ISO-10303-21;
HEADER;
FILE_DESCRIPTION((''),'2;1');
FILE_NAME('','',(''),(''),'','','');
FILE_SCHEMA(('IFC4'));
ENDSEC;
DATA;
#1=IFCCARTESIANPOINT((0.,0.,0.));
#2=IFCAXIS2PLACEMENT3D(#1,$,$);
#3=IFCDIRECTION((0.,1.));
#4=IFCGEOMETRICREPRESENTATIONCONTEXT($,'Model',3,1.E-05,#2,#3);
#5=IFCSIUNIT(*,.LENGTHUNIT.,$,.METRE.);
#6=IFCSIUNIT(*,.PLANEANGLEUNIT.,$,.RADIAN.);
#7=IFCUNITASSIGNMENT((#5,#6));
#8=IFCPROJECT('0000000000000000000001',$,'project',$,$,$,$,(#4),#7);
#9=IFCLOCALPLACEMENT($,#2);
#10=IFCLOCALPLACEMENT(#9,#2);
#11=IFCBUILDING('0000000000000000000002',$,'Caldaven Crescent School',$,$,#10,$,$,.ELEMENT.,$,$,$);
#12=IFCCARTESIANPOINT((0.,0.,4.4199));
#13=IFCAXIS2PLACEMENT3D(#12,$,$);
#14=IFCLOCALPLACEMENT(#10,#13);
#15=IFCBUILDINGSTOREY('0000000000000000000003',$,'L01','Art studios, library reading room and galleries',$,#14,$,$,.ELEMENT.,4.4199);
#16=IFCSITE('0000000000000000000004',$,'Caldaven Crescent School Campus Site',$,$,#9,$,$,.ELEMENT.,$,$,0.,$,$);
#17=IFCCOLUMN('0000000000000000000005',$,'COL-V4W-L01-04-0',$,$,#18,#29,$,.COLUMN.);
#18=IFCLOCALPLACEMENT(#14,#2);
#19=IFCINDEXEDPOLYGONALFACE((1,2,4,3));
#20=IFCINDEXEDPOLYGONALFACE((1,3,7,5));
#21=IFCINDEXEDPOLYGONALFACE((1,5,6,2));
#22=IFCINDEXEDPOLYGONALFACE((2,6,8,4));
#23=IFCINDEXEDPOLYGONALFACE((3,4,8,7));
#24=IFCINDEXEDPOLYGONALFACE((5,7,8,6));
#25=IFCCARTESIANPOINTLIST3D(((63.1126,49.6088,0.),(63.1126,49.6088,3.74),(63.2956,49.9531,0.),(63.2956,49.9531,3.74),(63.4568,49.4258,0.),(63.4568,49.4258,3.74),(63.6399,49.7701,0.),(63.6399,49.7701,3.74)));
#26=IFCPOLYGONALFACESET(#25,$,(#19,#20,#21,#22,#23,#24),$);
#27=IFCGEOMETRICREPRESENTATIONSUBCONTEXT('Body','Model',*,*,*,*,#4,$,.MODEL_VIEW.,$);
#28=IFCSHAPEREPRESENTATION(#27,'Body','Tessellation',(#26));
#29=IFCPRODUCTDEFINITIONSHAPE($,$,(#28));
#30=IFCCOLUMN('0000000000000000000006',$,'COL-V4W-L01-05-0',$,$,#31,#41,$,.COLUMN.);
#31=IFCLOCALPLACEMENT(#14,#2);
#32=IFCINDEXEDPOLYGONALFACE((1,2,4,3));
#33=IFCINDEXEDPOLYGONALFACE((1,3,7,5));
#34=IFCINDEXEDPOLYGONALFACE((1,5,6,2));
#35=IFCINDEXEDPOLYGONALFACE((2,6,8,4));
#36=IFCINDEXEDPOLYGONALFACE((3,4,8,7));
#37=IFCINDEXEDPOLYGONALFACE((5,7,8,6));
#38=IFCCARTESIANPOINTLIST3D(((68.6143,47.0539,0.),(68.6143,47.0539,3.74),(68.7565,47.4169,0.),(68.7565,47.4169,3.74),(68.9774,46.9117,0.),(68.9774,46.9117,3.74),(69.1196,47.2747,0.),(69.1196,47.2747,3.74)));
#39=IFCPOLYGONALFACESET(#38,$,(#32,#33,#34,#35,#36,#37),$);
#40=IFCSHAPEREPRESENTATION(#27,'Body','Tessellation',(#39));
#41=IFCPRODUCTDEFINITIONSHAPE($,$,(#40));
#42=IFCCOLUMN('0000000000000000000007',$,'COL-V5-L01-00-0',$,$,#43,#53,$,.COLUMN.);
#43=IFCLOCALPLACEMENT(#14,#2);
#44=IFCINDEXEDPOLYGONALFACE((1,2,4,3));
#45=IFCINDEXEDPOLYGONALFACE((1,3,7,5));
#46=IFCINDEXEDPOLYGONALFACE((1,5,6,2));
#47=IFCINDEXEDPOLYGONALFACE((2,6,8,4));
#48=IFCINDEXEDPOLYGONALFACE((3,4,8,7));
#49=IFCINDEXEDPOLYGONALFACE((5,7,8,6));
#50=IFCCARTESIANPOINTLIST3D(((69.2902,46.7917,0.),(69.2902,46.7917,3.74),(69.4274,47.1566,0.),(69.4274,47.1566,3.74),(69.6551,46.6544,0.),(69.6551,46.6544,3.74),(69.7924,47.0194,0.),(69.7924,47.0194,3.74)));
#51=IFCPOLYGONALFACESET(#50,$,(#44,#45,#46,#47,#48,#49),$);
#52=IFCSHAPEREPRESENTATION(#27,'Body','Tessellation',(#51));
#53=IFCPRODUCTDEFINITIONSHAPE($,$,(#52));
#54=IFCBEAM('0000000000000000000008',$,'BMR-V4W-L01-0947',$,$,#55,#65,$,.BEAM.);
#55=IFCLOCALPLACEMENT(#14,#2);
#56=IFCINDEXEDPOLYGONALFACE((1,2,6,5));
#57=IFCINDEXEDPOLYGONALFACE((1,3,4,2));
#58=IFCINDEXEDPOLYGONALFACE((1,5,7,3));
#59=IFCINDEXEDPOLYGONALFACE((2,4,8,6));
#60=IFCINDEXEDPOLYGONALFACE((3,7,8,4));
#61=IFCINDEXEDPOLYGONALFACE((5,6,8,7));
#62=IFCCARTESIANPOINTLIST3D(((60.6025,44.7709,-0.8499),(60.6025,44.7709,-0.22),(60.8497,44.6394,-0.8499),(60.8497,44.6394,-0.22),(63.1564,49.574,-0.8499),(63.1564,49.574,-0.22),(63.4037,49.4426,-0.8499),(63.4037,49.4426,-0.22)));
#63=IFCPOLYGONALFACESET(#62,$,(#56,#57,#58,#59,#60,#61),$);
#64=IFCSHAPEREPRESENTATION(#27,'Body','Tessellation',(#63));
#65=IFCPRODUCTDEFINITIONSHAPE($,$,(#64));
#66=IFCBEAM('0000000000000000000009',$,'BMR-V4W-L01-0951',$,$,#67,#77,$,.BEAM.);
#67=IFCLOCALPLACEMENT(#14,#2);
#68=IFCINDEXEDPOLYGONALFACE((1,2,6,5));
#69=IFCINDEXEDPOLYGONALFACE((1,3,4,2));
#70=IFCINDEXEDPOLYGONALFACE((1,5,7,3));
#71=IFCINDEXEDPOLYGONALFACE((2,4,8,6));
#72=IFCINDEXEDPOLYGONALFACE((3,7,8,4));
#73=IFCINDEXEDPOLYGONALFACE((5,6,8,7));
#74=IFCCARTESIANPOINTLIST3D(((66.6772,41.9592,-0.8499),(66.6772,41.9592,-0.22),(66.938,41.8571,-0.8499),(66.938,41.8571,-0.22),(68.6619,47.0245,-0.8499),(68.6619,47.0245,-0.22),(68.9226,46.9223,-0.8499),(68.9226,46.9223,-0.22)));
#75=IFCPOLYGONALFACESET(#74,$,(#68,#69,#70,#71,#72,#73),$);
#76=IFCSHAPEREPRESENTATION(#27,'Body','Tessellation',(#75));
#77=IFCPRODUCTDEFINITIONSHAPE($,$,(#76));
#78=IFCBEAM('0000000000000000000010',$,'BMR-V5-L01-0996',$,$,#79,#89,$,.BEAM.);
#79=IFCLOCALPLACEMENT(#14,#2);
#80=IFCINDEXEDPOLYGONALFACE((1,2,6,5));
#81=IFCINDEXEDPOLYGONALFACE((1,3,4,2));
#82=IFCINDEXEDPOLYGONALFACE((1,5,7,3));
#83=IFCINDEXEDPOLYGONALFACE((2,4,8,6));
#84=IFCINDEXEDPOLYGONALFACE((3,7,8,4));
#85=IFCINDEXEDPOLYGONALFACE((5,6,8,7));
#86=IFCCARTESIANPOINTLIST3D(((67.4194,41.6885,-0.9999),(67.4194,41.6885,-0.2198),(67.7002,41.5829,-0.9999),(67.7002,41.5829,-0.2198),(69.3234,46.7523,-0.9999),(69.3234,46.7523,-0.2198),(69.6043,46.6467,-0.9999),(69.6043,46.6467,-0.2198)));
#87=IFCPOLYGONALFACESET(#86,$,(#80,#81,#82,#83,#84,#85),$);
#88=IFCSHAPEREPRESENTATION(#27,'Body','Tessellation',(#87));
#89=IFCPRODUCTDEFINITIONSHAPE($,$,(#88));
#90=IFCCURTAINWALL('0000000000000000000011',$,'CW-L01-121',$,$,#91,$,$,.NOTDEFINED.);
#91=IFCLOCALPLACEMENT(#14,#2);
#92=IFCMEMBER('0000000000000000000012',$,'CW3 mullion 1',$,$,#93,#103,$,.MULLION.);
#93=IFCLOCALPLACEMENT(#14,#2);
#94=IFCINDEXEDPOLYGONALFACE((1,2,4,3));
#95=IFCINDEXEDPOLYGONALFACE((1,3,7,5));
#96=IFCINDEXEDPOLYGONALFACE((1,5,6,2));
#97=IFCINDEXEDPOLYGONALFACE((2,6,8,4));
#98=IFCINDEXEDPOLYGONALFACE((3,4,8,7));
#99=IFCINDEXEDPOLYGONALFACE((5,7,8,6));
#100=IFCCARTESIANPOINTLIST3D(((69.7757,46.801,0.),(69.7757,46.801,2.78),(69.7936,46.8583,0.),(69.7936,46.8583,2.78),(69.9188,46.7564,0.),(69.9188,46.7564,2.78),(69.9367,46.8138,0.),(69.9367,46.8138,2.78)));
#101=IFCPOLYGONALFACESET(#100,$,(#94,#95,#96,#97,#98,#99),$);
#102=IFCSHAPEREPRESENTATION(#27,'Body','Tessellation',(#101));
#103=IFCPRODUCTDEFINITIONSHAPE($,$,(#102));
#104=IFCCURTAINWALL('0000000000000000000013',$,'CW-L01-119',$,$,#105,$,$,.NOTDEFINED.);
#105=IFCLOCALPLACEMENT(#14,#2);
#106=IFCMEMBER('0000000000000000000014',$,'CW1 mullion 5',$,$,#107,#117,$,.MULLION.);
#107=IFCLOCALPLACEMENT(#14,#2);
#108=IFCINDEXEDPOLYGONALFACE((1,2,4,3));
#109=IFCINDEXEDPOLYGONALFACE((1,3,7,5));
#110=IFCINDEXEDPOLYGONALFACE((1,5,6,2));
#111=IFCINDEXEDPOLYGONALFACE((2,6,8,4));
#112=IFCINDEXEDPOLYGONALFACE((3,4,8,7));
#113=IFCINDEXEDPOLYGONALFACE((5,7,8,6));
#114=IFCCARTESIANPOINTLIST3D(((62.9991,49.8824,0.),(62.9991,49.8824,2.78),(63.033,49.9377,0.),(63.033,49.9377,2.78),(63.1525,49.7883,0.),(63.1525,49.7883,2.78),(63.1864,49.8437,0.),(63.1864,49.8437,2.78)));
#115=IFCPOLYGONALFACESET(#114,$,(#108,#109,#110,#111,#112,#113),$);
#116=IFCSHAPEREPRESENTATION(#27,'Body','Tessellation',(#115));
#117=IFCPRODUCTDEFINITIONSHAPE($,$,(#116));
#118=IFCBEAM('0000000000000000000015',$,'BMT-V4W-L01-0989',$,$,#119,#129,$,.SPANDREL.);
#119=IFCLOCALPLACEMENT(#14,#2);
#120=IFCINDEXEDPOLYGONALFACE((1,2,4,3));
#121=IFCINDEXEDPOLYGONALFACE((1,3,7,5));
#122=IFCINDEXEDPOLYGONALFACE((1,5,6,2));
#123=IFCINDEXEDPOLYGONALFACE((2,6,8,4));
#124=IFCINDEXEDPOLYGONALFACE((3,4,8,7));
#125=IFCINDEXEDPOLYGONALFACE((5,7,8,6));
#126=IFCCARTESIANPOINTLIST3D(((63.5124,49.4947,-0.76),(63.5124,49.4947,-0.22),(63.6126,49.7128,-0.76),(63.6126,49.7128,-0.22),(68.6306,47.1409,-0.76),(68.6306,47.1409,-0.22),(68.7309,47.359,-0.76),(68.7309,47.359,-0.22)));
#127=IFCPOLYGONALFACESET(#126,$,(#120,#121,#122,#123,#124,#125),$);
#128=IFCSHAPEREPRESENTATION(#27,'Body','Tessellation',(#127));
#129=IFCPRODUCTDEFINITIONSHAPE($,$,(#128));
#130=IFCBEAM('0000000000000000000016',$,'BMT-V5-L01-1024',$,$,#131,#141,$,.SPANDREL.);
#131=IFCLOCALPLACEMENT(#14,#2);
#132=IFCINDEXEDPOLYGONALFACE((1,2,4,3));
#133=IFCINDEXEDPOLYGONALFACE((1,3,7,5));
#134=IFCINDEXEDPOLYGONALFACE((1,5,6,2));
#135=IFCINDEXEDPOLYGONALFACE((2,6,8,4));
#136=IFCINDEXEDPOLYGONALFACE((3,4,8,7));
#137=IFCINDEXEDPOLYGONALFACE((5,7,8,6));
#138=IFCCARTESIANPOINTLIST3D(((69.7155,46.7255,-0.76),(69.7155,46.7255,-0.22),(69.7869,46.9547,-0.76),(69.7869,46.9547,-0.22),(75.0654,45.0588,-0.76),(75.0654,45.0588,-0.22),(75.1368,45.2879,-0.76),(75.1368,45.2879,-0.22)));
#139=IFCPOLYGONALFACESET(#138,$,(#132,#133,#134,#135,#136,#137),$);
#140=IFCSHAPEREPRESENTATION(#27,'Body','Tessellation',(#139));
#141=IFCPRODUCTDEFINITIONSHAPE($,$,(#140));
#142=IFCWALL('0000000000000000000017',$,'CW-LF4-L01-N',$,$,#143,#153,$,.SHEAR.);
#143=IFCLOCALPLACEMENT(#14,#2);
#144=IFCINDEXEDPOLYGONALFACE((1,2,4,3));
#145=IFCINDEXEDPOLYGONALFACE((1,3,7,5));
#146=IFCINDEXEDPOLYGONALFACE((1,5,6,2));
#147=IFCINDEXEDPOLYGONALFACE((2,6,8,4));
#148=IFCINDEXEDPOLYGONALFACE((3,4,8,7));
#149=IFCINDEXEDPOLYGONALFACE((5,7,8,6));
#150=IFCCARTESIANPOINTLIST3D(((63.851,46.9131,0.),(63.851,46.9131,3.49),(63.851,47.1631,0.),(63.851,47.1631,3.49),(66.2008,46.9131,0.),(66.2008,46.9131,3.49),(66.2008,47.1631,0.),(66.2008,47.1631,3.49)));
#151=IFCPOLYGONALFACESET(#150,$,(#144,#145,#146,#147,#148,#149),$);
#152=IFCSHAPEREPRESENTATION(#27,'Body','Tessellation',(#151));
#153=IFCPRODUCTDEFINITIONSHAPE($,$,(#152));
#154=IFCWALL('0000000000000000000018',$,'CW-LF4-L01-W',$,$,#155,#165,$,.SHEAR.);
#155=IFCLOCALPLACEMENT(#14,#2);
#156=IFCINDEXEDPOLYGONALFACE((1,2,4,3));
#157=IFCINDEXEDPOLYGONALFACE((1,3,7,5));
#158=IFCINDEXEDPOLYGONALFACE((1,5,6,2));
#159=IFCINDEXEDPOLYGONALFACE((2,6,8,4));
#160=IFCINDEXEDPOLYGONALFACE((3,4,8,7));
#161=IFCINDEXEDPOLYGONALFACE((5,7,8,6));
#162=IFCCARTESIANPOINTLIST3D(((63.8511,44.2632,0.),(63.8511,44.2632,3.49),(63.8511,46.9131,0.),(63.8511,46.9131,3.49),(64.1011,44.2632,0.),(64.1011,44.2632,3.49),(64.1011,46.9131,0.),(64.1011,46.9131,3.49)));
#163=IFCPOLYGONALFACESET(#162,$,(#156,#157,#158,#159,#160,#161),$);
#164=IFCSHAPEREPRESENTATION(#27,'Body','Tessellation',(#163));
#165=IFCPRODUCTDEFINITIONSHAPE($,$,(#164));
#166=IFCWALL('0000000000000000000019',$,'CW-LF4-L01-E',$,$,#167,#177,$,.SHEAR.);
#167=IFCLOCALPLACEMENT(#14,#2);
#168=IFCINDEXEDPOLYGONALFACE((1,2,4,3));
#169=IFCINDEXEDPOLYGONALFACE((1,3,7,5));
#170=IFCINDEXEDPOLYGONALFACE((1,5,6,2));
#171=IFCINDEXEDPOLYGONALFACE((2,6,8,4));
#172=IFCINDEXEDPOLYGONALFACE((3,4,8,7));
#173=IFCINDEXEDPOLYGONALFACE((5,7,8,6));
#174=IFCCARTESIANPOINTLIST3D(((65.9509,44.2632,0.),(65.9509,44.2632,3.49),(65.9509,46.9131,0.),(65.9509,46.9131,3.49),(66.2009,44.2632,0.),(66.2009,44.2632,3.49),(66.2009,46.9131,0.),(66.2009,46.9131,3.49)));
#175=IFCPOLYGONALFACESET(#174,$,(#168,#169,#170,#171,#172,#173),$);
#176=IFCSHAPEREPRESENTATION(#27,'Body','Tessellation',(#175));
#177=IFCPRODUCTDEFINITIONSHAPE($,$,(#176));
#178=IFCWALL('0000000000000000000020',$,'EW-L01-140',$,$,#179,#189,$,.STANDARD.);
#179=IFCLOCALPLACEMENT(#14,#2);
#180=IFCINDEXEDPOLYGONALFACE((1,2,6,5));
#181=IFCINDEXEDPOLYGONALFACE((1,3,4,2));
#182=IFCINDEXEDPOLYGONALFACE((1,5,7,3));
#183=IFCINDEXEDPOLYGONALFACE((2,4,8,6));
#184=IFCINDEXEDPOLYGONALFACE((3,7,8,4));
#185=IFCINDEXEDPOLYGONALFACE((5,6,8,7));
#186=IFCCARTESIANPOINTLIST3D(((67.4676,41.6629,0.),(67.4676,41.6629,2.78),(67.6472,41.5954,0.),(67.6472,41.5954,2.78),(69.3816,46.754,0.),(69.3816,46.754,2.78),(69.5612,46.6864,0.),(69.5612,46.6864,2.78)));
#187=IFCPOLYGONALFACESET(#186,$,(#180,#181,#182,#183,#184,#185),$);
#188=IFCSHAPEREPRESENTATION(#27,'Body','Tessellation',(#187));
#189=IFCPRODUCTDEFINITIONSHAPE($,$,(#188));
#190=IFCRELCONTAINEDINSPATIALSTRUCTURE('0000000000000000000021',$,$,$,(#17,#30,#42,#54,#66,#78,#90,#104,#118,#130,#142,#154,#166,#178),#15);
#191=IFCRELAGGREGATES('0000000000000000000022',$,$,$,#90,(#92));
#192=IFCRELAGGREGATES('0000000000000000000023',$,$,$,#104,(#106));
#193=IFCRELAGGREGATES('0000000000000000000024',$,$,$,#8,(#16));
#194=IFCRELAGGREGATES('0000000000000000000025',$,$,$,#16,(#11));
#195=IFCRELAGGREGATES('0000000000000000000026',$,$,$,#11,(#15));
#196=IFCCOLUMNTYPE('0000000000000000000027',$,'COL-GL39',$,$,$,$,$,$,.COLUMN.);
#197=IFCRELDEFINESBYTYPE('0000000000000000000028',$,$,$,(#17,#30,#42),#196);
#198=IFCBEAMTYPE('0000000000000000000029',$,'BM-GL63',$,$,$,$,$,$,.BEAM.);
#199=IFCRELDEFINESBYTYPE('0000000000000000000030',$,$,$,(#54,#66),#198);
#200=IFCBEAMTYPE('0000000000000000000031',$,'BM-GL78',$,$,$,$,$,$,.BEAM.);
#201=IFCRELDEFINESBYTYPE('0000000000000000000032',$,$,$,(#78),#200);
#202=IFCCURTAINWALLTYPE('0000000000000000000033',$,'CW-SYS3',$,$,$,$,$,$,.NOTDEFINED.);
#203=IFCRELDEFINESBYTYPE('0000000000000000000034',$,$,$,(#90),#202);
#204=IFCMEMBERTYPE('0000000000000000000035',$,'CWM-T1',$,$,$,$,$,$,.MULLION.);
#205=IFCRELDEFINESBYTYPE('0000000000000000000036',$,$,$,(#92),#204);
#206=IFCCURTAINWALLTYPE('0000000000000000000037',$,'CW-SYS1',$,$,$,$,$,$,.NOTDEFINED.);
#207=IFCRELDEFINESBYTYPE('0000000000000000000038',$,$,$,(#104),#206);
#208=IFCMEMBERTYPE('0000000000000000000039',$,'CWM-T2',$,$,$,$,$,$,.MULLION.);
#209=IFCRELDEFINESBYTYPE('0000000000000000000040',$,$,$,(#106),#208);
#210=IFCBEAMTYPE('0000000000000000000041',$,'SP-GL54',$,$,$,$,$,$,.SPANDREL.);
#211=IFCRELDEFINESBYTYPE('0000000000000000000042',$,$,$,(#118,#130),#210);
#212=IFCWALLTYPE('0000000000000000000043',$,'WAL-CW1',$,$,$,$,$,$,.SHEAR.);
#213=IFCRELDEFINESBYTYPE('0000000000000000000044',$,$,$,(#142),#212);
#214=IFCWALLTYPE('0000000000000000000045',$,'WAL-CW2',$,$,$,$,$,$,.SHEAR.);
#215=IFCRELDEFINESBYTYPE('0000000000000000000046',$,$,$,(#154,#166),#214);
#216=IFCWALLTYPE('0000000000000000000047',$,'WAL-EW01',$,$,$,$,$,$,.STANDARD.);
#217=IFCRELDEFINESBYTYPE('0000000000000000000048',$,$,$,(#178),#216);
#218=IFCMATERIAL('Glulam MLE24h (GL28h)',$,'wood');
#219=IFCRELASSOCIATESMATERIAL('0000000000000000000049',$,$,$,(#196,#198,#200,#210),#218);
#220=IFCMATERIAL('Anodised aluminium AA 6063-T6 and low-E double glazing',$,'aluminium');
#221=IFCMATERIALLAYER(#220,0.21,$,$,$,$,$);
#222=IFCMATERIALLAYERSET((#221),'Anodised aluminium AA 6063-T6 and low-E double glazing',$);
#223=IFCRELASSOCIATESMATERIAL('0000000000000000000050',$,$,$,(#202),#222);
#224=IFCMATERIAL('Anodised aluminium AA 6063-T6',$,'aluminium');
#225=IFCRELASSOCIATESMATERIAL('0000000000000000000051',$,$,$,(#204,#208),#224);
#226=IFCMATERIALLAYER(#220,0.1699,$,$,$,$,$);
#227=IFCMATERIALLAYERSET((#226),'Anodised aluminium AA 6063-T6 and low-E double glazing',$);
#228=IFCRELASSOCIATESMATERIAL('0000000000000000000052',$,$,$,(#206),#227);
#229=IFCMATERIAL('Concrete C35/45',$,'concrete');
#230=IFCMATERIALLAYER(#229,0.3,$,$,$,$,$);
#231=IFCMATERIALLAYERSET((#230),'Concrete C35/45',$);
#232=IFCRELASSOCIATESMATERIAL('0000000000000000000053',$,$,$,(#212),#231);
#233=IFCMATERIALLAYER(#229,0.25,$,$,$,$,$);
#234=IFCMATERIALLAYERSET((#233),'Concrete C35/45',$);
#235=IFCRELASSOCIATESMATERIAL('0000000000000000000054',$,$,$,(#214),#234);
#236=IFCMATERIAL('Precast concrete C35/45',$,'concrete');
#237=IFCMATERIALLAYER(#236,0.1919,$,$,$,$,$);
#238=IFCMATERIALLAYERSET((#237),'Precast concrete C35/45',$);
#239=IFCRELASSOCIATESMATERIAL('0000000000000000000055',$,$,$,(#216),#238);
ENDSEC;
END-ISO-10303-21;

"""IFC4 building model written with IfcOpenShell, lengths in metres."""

from ifc_helpers import new_model, si_unit, direction, frame, frame_2d, origin, origin_2d, place, context, subcontext, project, spatial, rectangle, extrude, material, layer, layer_set, material_profile, profile_set, type_object, element, aggregate, save


model = new_model("IFC4")

# Units and contexts
model_context = context("Model", 3, precision=1e-05, world=origin(), true_north=direction((0.0, 1.0)))
body_context = subcontext(model_context, "Body", "Model", "MODEL_VIEW")
ifc_project = project(units=[si_unit("LENGTHUNIT", "METRE"), si_unit("PLANEANGLEUNIT", "RADIAN")], contexts=[model_context])

# Site, building, storey
site_placement = place(None, origin())
site = spatial("IfcSite", under=ifc_project, at=site_placement, Name="Caldaven Crescent School Campus Site", CompositionType="ELEMENT", RefElevation=0.0)
building_placement = place(site_placement, origin())
building = spatial("IfcBuilding", under=site, at=building_placement, Name="Caldaven Crescent School", CompositionType="ELEMENT")
storey_placement = place(building_placement, frame((0.0, 0.0, 4.4199)))
storey = spatial("IfcBuildingStorey", under=building, at=storey_placement, Name="L01", Description="Art studios, library reading room and galleries", CompositionType="ELEMENT", Elevation=4.4199)

# Columns
ifc_material_1 = material(Name="Glulam MLE24h (GL28h)", Category="wood")
ifc_material_profile_1 = material_profile(ifc_material_1, rectangle(XDim=0.3899, YDim=0.3899, at=origin_2d()), Name="MLE 390x390")
ifc_profile_set_1 = profile_set([ifc_material_profile_1], Name="Glulam MLE24h (GL28h)")
column_type = type_object("IfcColumnType", Name="COL-GL39", PredefinedType="COLUMN", material=ifc_profile_set_1)
for number, where, z_axis, x_axis, name in (
    (1, (63.3762, 49.6895, 0.0), (0.0, 0.0, 1.0), (-0.469472, -0.882948, 0.0), "COL-V4W-L01-04-0"),
    (2, (68.8669, 47.1643, 0.0), (0.0, 0.0, 1.0), (-0.364714, -0.931119, 0.0), "COL-V4W-L01-05-0"),
    (3, (69.5413, 46.9055, 0.0), (0.0, 0.0, 1.0), (-0.352005, -0.935998, 0.0), "COL-V5-L01-00-0"),
):
    element("IfcColumn", number, at=place(storey_placement, frame(where, z_axis=z_axis, x_axis=x_axis)), inside=storey, type_object=column_type, Name=name, PredefinedType="COLUMN", context=body_context, shape_type="SweptSolid", body=[
        extrude(rectangle(XDim=0.3899, YDim=0.3899, at=origin_2d()), origin(), (0.0, 0.0, 1.0), 3.74),
    ])

# Beams
ifc_material_profile_2 = material_profile(ifc_material_1, rectangle(XDim=0.28, YDim=0.6299, at=origin_2d()), Name="MLE 280x630")
ifc_profile_set_2 = profile_set([ifc_material_profile_2], Name="Glulam MLE24h (GL28h)")
beam_type_1 = type_object("IfcBeamType", Name="BM-GL63", PredefinedType="BEAM", material=ifc_profile_set_2)
beam_1_placement = place(storey_placement, frame((63.28, 49.5083, -0.5349), z_axis=(-0.469477, -0.882945, 0.0), x_axis=(0.882945, -0.469477, 0.0)))
element("IfcBeam", 4, at=beam_1_placement, inside=storey, type_object=beam_type_1, Name="BMR-V4W-L01-0947", PredefinedType="BEAM", context=body_context, shape_type="SweptSolid", body=[
    extrude(rectangle(XDim=0.28, YDim=0.6299, at=origin_2d()), origin(), (0.0, 0.0, 1.0), 5.4399),
])
beam_2_placement = place(storey_placement, frame((68.7922, 46.9734, -0.5349), z_axis=(-0.364812, -0.931081, 0.0), x_axis=(0.931081, -0.364812, 0.0)))
element("IfcBeam", 5, at=beam_2_placement, inside=storey, type_object=beam_type_1, Name="BMR-V4W-L01-0951", PredefinedType="BEAM", context=body_context, shape_type="SweptSolid", body=[
    extrude(rectangle(XDim=0.28, YDim=0.6299, at=origin_2d()), origin(), (0.0, 0.0, 1.0), 5.4402),
])
ifc_material_profile_3 = material_profile(ifc_material_1, rectangle(XDim=0.3, YDim=0.78, at=origin_2d()), Name="MLE 300x780")
ifc_profile_set_3 = profile_set([ifc_material_profile_3], Name="Glulam MLE24h (GL28h)")
beam_type_2 = type_object("IfcBeamType", Name="BM-GL78", PredefinedType="BEAM", material=ifc_profile_set_3)
beam_3_placement = place(storey_placement, frame((69.4639, 46.6995, -0.6099), z_axis=(-0.351959, -0.936015, 0.0), x_axis=(0.936015, -0.351959, 0.0)))
element("IfcBeam", 6, at=beam_3_placement, inside=storey, type_object=beam_type_2, Name="BMR-V5-L01-0996", PredefinedType="BEAM", context=body_context, shape_type="SweptSolid", body=[
    extrude(rectangle(XDim=0.3, YDim=0.78, at=origin_2d()), origin(), (0.0, 0.0, 1.0), 5.4099),
])

# Curtain walls, members
ifc_material_2 = material(Name="Anodised aluminium AA 6063-T6 and low-E double glazing", Category="aluminium")
ifc_layer_1 = layer(ifc_material_2, 0.21)
ifc_layer_set_1 = layer_set([ifc_layer_1], Name="Anodised aluminium AA 6063-T6 and low-E double glazing")
curtain_wall_type_1 = type_object("IfcCurtainWallType", Name="CW-SYS3", PredefinedType="NOTDEFINED", material=ifc_layer_set_1)
curtain_wall_1_placement = place(storey_placement, origin())
curtain_wall_1 = element("IfcCurtainWall", 7, at=curtain_wall_1_placement, inside=storey, type_object=curtain_wall_type_1, Name="CW-L01-121", PredefinedType="NOTDEFINED")
ifc_material_3 = material(Name="Anodised aluminium AA 6063-T6", Category="aluminium")
ifc_material_profile_4 = material_profile(ifc_material_3, rectangle(XDim=0.0601, YDim=0.1499, at=origin_2d()), Name="CWM 60x150")
ifc_profile_set_4 = profile_set([ifc_material_profile_4], Name="Anodised aluminium AA 6063-T6")
member_type_1 = type_object("IfcMemberType", Name="CWM-T1", PredefinedType="MULLION", material=ifc_profile_set_4)
member_1_placement = place(storey_placement, frame((69.8562, 46.8074, 0.0), z_axis=(0.0, 0.0, 1.0), x_axis=(0.29742, 0.954747, 0.0)))
member_1 = element("IfcMember", 8, at=member_1_placement, type_object=member_type_1, Name="CW3 mullion 1", PredefinedType="MULLION", context=body_context, shape_type="SweptSolid", body=[
    extrude(rectangle(XDim=0.0601, YDim=0.1499, at=origin_2d()), origin(), (0.0, 0.0, 1.0), 2.78),
])
aggregate(curtain_wall_1, [member_1])
ifc_layer_2 = layer(ifc_material_2, 0.1699)
ifc_layer_set_2 = layer_set([ifc_layer_2], Name="Anodised aluminium AA 6063-T6 and low-E double glazing")
curtain_wall_type_2 = type_object("IfcCurtainWallType", Name="CW-SYS1", PredefinedType="NOTDEFINED", material=ifc_layer_set_2)
curtain_wall_2_placement = place(storey_placement, origin())
curtain_wall_2 = element("IfcCurtainWall", 9, at=curtain_wall_2_placement, inside=storey, type_object=curtain_wall_type_2, Name="CW-L01-119", PredefinedType="NOTDEFINED")
ifc_material_profile_5 = material_profile(ifc_material_3, rectangle(XDim=0.0649, YDim=0.1799, at=origin_2d()), Name="CWM 65x180")
ifc_profile_set_5 = profile_set([ifc_material_profile_5], Name="Anodised aluminium AA 6063-T6")
member_type_2 = type_object("IfcMemberType", Name="CWM-T2", PredefinedType="MULLION", material=ifc_profile_set_5)
member_2_placement = place(storey_placement, frame((63.0928, 49.863, 0.0), z_axis=(0.0, 0.0, 1.0), x_axis=(0.522499, 0.85264, 0.0)))
member_2 = element("IfcMember", 10, at=member_2_placement, type_object=member_type_2, Name="CW1 mullion 5", PredefinedType="MULLION", context=body_context, shape_type="SweptSolid", body=[
    extrude(rectangle(XDim=0.0649, YDim=0.1799, at=origin_2d()), origin(), (0.0, 0.0, 1.0), 2.78),
])
aggregate(curtain_wall_2, [member_2])

# Beams
ifc_material_profile_6 = material_profile(ifc_material_1, rectangle(XDim=0.24, YDim=0.54, at=origin_2d()), Name="MLE 240x540")
ifc_profile_set_6 = profile_set([ifc_material_profile_6], Name="Glulam MLE24h (GL28h)")
beam_type_3 = type_object("IfcBeamType", Name="SP-GL54", PredefinedType="SPANDREL", material=ifc_profile_set_6)
beam_4_placement = place(storey_placement, frame((63.5625, 49.6038, -0.49), z_axis=(0.908531, -0.417818, 0.0), x_axis=(0.417818, 0.908531, 0.0)))
element("IfcBeam", 11, at=beam_4_placement, inside=storey, type_object=beam_type_3, Name="BMT-V4W-L01-0989", PredefinedType="SPANDREL", context=body_context, shape_type="SweptSolid", body=[
    extrude(rectangle(XDim=0.24, YDim=0.54, at=origin_2d()), origin(), (0.0, 0.0, 1.0), 5.6335),
])
beam_5_placement = place(storey_placement, frame((69.7512, 46.8401, -0.49), z_axis=(0.954738, -0.297449, 0.0), x_axis=(0.297449, 0.954738, 0.0)))
element("IfcBeam", 12, at=beam_5_placement, inside=storey, type_object=beam_type_3, Name="BMT-V5-L01-1024", PredefinedType="SPANDREL", context=body_context, shape_type="SweptSolid", body=[
    extrude(rectangle(XDim=0.24, YDim=0.54, at=origin_2d()), origin(), (0.0, 0.0, 1.0), 5.6035),
])

# Wall
ifc_material_4 = material(Name="Concrete C35/45", Category="concrete")
ifc_layer_3 = layer(ifc_material_4, 0.3)
ifc_layer_set_3 = layer_set([ifc_layer_3], Name="Concrete C35/45")
wall_type_1 = type_object("IfcWallType", Name="WAL-CW1", PredefinedType="SHEAR", material=ifc_layer_set_3)
wall_1_placement = place(storey_placement, frame((63.8511, 47.0381, 0.0), z_axis=(0.0, 0.0, 1.0), x_axis=(1.0, 0.0, 0.0)))
element("IfcWall", 13, at=wall_1_placement, inside=storey, type_object=wall_type_1, Name="CW-LF4-L01-N", PredefinedType="SHEAR", context=body_context, shape_type="SweptSolid", body=[
    extrude(rectangle(XDim=2.3499, YDim=0.25, at=frame_2d((1.1748, 0.0))), origin(), (0.0, 0.0, 1.0), 3.49),
])

# Walls
ifc_layer_4 = layer(ifc_material_4, 0.25)
ifc_layer_set_4 = layer_set([ifc_layer_4], Name="Concrete C35/45")
wall_type_2 = type_object("IfcWallType", Name="WAL-CW2", PredefinedType="SHEAR", material=ifc_layer_set_4)
for number, where, z_axis, x_axis, name in (
    (14, (63.9761, 44.2632, 0.0), (0.0, 0.0, 1.0), (0.0, 1.0, 0.0), "CW-LF4-L01-W"),
    (15, (66.0759, 44.2632, 0.0), (0.0, 0.0, 1.0), (0.0, 1.0, 0.0), "CW-LF4-L01-E"),
):
    element("IfcWall", number, at=place(storey_placement, frame(where, z_axis=z_axis, x_axis=x_axis)), inside=storey, type_object=wall_type_2, Name=name, PredefinedType="SHEAR", context=body_context, shape_type="SweptSolid", body=[
        extrude(rectangle(XDim=2.6499, YDim=0.25, at=frame_2d((1.325, 0.0))), origin(), (0.0, 0.0, 1.0), 3.49),
    ])
ifc_material_5 = material(Name="Precast concrete C35/45", Category="concrete")
ifc_layer_5 = layer(ifc_material_5, 0.1919)
ifc_layer_set_5 = layer_set([ifc_layer_5], Name="Precast concrete C35/45")
wall_type_3 = type_object("IfcWallType", Name="WAL-EW01", PredefinedType="STANDARD", material=ifc_layer_set_5)
wall_2_placement = place(storey_placement, frame((69.4714, 46.7202, 0.0), z_axis=(0.0, 0.0, 1.0), x_axis=(-0.351915, -0.936032, 0.0)))
element("IfcWall", 16, at=wall_2_placement, inside=storey, type_object=wall_type_3, Name="EW-L01-140", PredefinedType="STANDARD", context=body_context, shape_type="SweptSolid", body=[
    extrude(rectangle(XDim=5.439, YDim=0.1919, at=frame_2d((2.7195, 0.0))), origin(), (0.0, 0.0, 1.0), 2.78),
])

save(model, "model.ifc")
